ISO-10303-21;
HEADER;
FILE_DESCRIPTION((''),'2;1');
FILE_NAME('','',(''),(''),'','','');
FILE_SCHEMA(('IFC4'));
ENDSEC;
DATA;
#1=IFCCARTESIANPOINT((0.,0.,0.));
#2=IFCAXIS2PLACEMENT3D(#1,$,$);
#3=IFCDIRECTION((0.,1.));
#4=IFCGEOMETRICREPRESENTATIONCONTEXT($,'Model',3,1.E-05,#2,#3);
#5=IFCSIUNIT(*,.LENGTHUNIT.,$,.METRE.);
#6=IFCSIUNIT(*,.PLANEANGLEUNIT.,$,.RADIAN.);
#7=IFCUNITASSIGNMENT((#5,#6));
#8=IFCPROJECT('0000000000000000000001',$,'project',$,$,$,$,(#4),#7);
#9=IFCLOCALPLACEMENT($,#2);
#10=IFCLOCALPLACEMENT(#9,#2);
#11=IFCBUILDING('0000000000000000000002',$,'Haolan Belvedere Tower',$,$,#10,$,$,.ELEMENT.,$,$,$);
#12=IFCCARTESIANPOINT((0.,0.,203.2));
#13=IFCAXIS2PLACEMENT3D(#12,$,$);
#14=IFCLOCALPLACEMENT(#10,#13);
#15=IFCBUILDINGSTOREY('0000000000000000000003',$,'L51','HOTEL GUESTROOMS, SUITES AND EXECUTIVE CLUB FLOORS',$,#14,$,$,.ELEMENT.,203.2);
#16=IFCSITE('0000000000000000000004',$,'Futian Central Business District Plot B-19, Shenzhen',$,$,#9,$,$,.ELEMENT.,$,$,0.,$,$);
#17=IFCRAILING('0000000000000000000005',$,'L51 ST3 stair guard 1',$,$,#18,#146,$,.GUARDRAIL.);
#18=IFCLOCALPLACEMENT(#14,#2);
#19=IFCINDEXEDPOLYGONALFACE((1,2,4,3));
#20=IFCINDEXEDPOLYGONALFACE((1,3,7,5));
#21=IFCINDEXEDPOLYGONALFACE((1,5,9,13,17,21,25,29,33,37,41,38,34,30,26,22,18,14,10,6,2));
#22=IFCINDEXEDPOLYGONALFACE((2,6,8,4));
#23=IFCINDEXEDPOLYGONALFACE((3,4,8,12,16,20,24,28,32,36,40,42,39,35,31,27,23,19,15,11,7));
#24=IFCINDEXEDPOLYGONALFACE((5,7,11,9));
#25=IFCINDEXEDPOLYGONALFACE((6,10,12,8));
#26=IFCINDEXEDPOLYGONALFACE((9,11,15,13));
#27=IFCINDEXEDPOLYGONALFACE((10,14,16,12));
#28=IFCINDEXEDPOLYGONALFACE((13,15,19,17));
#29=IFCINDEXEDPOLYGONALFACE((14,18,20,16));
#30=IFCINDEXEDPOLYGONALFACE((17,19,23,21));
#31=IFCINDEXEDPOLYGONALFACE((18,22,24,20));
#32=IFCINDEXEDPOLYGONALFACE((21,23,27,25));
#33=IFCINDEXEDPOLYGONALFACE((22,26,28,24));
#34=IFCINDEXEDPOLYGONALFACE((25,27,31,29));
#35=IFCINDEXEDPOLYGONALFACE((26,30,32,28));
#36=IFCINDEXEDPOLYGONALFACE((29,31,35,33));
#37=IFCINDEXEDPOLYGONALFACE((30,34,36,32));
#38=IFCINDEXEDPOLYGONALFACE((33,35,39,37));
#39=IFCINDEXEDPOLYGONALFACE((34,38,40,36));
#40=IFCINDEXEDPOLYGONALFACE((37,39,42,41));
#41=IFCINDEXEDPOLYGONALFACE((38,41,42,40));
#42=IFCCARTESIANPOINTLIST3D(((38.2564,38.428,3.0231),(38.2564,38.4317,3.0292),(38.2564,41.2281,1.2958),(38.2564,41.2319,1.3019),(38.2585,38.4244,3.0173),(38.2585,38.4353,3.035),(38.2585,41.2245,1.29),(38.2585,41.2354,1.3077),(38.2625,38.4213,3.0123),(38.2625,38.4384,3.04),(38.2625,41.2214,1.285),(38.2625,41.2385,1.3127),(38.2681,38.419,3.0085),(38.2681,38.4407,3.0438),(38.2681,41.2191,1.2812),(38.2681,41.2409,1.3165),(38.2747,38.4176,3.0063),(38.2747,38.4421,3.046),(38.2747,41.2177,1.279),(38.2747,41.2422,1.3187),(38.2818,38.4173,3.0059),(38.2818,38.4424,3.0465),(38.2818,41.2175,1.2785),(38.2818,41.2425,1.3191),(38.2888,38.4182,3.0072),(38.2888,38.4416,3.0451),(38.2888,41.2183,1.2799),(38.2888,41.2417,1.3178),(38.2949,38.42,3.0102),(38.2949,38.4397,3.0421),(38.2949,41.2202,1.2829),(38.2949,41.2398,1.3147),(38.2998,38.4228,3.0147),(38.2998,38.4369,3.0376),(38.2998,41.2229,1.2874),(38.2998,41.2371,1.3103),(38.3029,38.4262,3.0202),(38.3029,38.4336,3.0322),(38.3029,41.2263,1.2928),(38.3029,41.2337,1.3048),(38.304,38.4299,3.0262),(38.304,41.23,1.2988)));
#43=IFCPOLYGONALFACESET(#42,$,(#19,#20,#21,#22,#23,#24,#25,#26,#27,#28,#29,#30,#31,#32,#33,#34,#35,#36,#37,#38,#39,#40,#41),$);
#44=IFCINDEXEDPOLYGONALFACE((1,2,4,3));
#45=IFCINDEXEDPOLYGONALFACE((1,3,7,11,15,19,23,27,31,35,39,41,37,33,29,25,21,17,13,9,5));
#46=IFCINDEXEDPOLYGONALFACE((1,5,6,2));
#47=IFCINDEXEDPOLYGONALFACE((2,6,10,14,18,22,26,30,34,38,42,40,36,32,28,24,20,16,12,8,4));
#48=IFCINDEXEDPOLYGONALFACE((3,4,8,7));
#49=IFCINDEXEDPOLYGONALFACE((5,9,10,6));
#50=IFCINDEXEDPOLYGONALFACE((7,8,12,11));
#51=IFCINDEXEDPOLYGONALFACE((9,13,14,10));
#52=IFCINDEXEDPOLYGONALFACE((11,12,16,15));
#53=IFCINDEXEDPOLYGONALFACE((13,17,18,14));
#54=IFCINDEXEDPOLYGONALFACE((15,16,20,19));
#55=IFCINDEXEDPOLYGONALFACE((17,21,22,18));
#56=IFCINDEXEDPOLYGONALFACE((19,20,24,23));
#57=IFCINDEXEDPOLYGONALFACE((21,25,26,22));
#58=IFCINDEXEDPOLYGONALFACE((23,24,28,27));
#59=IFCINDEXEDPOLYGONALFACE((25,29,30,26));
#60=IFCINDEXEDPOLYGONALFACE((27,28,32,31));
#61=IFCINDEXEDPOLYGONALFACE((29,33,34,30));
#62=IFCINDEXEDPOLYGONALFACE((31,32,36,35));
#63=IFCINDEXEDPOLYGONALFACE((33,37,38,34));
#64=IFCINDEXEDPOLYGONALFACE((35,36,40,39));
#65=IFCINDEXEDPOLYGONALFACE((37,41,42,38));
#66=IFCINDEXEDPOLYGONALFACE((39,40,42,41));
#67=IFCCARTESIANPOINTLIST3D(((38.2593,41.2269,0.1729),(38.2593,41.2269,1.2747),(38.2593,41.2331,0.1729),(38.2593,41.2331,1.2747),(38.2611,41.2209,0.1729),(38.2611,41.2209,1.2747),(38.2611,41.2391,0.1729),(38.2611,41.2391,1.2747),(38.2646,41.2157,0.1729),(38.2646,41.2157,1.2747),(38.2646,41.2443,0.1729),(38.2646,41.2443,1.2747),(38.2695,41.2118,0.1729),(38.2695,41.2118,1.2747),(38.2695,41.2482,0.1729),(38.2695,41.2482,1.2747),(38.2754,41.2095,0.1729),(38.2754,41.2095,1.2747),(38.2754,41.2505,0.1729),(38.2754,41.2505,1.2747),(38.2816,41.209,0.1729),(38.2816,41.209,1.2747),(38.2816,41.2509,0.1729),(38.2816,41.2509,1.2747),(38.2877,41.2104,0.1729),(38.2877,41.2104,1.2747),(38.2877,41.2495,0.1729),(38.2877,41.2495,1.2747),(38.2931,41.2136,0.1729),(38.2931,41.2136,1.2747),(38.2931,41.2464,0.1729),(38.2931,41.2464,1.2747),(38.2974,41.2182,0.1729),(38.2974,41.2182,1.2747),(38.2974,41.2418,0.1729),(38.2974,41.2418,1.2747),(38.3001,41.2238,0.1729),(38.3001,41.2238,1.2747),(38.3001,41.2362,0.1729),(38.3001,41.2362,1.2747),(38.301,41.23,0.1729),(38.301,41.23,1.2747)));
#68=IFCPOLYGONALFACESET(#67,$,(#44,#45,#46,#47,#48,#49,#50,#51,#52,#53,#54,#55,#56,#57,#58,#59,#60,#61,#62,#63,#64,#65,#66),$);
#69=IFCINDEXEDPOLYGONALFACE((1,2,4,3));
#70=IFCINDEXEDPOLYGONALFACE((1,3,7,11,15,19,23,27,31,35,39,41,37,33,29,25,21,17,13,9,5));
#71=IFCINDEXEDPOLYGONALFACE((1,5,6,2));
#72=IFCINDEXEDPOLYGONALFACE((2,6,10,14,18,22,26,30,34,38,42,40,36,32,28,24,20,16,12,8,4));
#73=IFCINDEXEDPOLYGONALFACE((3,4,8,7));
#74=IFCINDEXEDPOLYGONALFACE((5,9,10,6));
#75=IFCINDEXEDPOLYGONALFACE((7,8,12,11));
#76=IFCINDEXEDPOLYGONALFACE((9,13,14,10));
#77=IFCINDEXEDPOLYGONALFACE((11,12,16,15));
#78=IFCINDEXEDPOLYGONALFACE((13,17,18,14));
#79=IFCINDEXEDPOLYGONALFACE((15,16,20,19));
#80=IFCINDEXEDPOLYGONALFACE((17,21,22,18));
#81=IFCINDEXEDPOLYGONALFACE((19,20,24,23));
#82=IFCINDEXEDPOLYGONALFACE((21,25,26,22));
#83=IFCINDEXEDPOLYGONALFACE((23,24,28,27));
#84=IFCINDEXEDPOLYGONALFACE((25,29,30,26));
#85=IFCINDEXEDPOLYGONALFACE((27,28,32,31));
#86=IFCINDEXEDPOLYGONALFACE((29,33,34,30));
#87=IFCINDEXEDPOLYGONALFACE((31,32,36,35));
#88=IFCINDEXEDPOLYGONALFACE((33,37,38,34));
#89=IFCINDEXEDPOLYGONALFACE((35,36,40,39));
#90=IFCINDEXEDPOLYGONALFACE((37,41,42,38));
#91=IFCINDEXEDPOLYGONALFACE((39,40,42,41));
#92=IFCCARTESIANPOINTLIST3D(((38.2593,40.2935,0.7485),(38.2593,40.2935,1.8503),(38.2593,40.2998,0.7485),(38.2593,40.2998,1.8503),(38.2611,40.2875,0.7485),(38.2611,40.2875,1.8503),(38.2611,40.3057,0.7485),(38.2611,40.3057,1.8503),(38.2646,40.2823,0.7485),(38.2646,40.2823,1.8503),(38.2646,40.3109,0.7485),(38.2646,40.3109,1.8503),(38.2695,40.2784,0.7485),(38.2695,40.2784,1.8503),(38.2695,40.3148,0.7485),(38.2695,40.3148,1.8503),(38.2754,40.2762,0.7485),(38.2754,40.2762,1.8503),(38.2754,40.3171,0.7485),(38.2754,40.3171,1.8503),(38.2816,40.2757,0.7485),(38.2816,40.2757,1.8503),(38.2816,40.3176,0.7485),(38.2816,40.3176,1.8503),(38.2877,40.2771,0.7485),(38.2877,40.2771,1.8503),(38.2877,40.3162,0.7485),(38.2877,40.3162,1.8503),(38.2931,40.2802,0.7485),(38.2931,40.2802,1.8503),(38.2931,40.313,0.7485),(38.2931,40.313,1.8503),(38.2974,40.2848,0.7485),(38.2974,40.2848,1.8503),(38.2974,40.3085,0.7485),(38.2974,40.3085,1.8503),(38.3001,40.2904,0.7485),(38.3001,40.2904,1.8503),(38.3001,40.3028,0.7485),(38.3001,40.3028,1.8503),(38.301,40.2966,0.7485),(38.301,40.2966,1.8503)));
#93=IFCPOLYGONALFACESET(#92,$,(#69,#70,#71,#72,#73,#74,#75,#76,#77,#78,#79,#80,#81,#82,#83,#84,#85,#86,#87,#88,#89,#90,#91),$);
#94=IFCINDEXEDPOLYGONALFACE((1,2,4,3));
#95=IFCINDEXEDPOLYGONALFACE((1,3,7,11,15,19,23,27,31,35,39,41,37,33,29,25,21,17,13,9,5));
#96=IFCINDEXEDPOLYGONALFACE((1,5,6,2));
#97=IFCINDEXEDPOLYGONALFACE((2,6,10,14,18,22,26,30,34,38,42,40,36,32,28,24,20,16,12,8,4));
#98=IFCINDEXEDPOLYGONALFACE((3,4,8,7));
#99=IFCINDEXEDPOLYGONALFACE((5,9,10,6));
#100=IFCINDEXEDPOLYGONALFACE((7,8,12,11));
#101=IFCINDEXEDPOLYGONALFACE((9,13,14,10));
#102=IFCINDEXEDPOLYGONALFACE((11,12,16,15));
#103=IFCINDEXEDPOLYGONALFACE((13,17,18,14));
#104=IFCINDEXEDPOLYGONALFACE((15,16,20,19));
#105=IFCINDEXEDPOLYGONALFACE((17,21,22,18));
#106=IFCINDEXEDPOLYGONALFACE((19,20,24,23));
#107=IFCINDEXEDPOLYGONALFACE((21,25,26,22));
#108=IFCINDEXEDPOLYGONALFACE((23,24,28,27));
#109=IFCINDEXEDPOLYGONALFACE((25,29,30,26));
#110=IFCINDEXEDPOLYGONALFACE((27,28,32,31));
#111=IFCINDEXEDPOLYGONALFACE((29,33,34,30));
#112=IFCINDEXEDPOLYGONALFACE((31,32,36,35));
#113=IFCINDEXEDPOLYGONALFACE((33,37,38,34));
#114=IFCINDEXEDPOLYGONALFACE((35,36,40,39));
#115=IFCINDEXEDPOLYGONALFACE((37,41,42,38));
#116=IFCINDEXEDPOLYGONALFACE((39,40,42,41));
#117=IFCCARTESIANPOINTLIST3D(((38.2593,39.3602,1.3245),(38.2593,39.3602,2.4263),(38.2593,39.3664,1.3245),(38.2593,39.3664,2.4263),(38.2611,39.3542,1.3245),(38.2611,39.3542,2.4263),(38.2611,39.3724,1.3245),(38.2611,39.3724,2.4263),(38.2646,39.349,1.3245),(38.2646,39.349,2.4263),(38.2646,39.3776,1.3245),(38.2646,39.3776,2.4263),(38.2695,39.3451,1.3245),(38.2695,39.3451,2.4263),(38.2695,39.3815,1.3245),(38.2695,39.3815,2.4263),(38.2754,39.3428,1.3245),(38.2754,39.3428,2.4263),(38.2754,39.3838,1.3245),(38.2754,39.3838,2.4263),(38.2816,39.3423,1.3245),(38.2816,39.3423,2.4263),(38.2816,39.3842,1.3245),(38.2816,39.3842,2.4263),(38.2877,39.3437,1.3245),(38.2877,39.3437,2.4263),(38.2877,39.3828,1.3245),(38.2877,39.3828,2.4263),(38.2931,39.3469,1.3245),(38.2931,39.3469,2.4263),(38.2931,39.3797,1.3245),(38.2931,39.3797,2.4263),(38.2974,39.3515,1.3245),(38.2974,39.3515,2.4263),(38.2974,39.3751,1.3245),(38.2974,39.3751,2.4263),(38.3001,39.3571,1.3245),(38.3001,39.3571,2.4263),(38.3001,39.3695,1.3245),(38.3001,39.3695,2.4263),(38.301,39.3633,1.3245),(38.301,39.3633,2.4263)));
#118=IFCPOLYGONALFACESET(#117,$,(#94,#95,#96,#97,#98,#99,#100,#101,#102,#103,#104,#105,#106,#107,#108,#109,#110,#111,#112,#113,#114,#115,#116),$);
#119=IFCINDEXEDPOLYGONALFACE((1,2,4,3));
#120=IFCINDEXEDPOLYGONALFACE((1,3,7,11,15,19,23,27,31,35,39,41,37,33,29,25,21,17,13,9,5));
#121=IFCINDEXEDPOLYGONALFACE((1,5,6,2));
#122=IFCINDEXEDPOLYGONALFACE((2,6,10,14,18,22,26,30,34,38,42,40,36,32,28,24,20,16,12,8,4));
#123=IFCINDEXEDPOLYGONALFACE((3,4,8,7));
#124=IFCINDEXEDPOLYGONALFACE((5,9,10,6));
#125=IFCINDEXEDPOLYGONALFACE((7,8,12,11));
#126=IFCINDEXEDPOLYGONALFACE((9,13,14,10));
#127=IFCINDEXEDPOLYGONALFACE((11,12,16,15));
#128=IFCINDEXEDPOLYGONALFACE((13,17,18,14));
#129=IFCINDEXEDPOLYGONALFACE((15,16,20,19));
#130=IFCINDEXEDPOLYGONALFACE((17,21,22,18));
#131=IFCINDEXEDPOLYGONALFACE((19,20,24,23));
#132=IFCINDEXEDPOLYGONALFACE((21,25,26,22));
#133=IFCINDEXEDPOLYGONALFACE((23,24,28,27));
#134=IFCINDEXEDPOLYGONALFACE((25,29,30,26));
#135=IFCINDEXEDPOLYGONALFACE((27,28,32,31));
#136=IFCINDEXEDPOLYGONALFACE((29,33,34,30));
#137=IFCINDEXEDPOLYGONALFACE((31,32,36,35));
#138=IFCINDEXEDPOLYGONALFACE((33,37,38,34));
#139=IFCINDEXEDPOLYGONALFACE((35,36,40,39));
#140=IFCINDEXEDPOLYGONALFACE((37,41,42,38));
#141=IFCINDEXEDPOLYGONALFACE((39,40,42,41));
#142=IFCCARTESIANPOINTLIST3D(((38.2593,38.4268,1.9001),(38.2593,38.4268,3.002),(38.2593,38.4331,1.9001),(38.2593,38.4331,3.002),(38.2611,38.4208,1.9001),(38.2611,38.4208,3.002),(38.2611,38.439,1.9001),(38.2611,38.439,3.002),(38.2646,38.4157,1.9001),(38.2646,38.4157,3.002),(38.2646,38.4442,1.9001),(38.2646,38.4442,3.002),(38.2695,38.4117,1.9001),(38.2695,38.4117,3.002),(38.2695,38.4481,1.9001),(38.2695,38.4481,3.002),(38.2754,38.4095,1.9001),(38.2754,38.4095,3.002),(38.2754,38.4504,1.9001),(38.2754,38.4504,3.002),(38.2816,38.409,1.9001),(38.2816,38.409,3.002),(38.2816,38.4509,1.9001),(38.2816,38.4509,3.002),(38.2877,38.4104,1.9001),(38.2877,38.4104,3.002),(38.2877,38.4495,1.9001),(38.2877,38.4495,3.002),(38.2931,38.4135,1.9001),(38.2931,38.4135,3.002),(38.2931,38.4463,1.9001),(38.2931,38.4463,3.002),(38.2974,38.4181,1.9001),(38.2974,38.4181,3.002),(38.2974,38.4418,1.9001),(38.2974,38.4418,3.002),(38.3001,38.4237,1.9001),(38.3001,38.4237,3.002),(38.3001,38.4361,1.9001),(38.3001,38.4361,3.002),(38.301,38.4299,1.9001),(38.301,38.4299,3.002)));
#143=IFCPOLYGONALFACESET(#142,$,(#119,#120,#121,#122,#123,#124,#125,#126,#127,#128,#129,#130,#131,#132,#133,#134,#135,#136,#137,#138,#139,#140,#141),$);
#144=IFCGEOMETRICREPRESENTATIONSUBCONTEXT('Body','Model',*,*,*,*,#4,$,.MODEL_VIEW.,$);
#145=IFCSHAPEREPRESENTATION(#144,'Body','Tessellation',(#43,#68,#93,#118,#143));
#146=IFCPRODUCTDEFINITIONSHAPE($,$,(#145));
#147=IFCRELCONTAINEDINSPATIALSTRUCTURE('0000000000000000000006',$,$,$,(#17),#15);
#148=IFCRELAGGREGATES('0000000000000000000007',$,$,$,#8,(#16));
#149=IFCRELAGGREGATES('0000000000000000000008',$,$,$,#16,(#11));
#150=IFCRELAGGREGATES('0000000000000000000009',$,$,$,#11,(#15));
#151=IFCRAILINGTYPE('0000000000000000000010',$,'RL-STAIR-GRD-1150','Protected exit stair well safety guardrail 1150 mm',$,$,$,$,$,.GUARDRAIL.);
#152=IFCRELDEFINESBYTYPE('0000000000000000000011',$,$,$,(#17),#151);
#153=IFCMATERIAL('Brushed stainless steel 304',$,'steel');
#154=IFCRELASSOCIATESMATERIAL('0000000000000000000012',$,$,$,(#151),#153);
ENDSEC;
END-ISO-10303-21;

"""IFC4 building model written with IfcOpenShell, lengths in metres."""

from ifc_helpers import new_model, si_unit, direction, frame, origin, origin_2d, place, context, subcontext, project, spatial, circle, extrude, material, type_object, element, save


model = new_model("IFC4")

# Units and contexts
model_context = context("Model", 3, precision=1e-05, world=origin(), true_north=direction((0.0, 1.0)))
body_context = subcontext(model_context, "Body", "Model", "MODEL_VIEW")
ifc_project = project(units=[si_unit("LENGTHUNIT", "METRE"), si_unit("PLANEANGLEUNIT", "RADIAN")], contexts=[model_context])

# Site, building, storey
site_placement = place(None, origin())
site = spatial("IfcSite", under=ifc_project, at=site_placement, Name="Futian Central Business District Plot B-19, Shenzhen", CompositionType="ELEMENT", RefElevation=0.0)
building_placement = place(site_placement, origin())
building = spatial("IfcBuilding", under=site, at=building_placement, Name="Haolan Belvedere Tower", CompositionType="ELEMENT")
storey_placement = place(building_placement, frame((0.0, 0.0, 203.2)))
storey = spatial("IfcBuildingStorey", under=building, at=storey_placement, Name="L51", Description="HOTEL GUESTROOMS, SUITES AND EXECUTIVE CLUB FLOORS", CompositionType="ELEMENT", Elevation=203.2)

# Railing
ifc_material_1 = material(Name="Brushed stainless steel 304", Category="steel")
railing_type_1 = type_object("IfcRailingType", Name="RL-STAIR-GRD-1150", Description="Protected exit stair well safety guardrail 1150 mm", PredefinedType="GUARDRAIL", material=ifc_material_1)
railing_1_placement = place(storey_placement, frame((38.28, 41.23, 0.1729)))
element("IfcRailing", 1, at=railing_1_placement, inside=storey, type_object=railing_type_1, Name="L51 ST3 stair guard 1", PredefinedType="GUARDRAIL", context=body_context, shape_type="SweptSolid", body=[
    extrude(circle(Radius=0.0239, at=origin_2d()), frame((0.0, 0.0, 1.126), z_axis=(0.0, -0.85109, 0.52502), x_axis=(1.0, 0.0, 0.0)), (0.0, 0.0, 1.0), 3.29),
    extrude(circle(Radius=0.021, at=origin_2d()), origin(), (0.0, 0.0, 1.0), 1.1018),
    extrude(circle(Radius=0.021, at=origin_2d()), frame((0.0, -0.9333, 0.5757)), (0.0, 0.0, 1.0), 1.1018),
    extrude(circle(Radius=0.021, at=origin_2d()), frame((0.0, -1.8667, 1.1516)), (0.0, 0.0, 1.0), 1.1018),
    extrude(circle(Radius=0.021, at=origin_2d()), frame((0.0, -2.8, 1.7273)), (0.0, 0.0, 1.0), 1.1018),
])

save(model, "model.ifc")
